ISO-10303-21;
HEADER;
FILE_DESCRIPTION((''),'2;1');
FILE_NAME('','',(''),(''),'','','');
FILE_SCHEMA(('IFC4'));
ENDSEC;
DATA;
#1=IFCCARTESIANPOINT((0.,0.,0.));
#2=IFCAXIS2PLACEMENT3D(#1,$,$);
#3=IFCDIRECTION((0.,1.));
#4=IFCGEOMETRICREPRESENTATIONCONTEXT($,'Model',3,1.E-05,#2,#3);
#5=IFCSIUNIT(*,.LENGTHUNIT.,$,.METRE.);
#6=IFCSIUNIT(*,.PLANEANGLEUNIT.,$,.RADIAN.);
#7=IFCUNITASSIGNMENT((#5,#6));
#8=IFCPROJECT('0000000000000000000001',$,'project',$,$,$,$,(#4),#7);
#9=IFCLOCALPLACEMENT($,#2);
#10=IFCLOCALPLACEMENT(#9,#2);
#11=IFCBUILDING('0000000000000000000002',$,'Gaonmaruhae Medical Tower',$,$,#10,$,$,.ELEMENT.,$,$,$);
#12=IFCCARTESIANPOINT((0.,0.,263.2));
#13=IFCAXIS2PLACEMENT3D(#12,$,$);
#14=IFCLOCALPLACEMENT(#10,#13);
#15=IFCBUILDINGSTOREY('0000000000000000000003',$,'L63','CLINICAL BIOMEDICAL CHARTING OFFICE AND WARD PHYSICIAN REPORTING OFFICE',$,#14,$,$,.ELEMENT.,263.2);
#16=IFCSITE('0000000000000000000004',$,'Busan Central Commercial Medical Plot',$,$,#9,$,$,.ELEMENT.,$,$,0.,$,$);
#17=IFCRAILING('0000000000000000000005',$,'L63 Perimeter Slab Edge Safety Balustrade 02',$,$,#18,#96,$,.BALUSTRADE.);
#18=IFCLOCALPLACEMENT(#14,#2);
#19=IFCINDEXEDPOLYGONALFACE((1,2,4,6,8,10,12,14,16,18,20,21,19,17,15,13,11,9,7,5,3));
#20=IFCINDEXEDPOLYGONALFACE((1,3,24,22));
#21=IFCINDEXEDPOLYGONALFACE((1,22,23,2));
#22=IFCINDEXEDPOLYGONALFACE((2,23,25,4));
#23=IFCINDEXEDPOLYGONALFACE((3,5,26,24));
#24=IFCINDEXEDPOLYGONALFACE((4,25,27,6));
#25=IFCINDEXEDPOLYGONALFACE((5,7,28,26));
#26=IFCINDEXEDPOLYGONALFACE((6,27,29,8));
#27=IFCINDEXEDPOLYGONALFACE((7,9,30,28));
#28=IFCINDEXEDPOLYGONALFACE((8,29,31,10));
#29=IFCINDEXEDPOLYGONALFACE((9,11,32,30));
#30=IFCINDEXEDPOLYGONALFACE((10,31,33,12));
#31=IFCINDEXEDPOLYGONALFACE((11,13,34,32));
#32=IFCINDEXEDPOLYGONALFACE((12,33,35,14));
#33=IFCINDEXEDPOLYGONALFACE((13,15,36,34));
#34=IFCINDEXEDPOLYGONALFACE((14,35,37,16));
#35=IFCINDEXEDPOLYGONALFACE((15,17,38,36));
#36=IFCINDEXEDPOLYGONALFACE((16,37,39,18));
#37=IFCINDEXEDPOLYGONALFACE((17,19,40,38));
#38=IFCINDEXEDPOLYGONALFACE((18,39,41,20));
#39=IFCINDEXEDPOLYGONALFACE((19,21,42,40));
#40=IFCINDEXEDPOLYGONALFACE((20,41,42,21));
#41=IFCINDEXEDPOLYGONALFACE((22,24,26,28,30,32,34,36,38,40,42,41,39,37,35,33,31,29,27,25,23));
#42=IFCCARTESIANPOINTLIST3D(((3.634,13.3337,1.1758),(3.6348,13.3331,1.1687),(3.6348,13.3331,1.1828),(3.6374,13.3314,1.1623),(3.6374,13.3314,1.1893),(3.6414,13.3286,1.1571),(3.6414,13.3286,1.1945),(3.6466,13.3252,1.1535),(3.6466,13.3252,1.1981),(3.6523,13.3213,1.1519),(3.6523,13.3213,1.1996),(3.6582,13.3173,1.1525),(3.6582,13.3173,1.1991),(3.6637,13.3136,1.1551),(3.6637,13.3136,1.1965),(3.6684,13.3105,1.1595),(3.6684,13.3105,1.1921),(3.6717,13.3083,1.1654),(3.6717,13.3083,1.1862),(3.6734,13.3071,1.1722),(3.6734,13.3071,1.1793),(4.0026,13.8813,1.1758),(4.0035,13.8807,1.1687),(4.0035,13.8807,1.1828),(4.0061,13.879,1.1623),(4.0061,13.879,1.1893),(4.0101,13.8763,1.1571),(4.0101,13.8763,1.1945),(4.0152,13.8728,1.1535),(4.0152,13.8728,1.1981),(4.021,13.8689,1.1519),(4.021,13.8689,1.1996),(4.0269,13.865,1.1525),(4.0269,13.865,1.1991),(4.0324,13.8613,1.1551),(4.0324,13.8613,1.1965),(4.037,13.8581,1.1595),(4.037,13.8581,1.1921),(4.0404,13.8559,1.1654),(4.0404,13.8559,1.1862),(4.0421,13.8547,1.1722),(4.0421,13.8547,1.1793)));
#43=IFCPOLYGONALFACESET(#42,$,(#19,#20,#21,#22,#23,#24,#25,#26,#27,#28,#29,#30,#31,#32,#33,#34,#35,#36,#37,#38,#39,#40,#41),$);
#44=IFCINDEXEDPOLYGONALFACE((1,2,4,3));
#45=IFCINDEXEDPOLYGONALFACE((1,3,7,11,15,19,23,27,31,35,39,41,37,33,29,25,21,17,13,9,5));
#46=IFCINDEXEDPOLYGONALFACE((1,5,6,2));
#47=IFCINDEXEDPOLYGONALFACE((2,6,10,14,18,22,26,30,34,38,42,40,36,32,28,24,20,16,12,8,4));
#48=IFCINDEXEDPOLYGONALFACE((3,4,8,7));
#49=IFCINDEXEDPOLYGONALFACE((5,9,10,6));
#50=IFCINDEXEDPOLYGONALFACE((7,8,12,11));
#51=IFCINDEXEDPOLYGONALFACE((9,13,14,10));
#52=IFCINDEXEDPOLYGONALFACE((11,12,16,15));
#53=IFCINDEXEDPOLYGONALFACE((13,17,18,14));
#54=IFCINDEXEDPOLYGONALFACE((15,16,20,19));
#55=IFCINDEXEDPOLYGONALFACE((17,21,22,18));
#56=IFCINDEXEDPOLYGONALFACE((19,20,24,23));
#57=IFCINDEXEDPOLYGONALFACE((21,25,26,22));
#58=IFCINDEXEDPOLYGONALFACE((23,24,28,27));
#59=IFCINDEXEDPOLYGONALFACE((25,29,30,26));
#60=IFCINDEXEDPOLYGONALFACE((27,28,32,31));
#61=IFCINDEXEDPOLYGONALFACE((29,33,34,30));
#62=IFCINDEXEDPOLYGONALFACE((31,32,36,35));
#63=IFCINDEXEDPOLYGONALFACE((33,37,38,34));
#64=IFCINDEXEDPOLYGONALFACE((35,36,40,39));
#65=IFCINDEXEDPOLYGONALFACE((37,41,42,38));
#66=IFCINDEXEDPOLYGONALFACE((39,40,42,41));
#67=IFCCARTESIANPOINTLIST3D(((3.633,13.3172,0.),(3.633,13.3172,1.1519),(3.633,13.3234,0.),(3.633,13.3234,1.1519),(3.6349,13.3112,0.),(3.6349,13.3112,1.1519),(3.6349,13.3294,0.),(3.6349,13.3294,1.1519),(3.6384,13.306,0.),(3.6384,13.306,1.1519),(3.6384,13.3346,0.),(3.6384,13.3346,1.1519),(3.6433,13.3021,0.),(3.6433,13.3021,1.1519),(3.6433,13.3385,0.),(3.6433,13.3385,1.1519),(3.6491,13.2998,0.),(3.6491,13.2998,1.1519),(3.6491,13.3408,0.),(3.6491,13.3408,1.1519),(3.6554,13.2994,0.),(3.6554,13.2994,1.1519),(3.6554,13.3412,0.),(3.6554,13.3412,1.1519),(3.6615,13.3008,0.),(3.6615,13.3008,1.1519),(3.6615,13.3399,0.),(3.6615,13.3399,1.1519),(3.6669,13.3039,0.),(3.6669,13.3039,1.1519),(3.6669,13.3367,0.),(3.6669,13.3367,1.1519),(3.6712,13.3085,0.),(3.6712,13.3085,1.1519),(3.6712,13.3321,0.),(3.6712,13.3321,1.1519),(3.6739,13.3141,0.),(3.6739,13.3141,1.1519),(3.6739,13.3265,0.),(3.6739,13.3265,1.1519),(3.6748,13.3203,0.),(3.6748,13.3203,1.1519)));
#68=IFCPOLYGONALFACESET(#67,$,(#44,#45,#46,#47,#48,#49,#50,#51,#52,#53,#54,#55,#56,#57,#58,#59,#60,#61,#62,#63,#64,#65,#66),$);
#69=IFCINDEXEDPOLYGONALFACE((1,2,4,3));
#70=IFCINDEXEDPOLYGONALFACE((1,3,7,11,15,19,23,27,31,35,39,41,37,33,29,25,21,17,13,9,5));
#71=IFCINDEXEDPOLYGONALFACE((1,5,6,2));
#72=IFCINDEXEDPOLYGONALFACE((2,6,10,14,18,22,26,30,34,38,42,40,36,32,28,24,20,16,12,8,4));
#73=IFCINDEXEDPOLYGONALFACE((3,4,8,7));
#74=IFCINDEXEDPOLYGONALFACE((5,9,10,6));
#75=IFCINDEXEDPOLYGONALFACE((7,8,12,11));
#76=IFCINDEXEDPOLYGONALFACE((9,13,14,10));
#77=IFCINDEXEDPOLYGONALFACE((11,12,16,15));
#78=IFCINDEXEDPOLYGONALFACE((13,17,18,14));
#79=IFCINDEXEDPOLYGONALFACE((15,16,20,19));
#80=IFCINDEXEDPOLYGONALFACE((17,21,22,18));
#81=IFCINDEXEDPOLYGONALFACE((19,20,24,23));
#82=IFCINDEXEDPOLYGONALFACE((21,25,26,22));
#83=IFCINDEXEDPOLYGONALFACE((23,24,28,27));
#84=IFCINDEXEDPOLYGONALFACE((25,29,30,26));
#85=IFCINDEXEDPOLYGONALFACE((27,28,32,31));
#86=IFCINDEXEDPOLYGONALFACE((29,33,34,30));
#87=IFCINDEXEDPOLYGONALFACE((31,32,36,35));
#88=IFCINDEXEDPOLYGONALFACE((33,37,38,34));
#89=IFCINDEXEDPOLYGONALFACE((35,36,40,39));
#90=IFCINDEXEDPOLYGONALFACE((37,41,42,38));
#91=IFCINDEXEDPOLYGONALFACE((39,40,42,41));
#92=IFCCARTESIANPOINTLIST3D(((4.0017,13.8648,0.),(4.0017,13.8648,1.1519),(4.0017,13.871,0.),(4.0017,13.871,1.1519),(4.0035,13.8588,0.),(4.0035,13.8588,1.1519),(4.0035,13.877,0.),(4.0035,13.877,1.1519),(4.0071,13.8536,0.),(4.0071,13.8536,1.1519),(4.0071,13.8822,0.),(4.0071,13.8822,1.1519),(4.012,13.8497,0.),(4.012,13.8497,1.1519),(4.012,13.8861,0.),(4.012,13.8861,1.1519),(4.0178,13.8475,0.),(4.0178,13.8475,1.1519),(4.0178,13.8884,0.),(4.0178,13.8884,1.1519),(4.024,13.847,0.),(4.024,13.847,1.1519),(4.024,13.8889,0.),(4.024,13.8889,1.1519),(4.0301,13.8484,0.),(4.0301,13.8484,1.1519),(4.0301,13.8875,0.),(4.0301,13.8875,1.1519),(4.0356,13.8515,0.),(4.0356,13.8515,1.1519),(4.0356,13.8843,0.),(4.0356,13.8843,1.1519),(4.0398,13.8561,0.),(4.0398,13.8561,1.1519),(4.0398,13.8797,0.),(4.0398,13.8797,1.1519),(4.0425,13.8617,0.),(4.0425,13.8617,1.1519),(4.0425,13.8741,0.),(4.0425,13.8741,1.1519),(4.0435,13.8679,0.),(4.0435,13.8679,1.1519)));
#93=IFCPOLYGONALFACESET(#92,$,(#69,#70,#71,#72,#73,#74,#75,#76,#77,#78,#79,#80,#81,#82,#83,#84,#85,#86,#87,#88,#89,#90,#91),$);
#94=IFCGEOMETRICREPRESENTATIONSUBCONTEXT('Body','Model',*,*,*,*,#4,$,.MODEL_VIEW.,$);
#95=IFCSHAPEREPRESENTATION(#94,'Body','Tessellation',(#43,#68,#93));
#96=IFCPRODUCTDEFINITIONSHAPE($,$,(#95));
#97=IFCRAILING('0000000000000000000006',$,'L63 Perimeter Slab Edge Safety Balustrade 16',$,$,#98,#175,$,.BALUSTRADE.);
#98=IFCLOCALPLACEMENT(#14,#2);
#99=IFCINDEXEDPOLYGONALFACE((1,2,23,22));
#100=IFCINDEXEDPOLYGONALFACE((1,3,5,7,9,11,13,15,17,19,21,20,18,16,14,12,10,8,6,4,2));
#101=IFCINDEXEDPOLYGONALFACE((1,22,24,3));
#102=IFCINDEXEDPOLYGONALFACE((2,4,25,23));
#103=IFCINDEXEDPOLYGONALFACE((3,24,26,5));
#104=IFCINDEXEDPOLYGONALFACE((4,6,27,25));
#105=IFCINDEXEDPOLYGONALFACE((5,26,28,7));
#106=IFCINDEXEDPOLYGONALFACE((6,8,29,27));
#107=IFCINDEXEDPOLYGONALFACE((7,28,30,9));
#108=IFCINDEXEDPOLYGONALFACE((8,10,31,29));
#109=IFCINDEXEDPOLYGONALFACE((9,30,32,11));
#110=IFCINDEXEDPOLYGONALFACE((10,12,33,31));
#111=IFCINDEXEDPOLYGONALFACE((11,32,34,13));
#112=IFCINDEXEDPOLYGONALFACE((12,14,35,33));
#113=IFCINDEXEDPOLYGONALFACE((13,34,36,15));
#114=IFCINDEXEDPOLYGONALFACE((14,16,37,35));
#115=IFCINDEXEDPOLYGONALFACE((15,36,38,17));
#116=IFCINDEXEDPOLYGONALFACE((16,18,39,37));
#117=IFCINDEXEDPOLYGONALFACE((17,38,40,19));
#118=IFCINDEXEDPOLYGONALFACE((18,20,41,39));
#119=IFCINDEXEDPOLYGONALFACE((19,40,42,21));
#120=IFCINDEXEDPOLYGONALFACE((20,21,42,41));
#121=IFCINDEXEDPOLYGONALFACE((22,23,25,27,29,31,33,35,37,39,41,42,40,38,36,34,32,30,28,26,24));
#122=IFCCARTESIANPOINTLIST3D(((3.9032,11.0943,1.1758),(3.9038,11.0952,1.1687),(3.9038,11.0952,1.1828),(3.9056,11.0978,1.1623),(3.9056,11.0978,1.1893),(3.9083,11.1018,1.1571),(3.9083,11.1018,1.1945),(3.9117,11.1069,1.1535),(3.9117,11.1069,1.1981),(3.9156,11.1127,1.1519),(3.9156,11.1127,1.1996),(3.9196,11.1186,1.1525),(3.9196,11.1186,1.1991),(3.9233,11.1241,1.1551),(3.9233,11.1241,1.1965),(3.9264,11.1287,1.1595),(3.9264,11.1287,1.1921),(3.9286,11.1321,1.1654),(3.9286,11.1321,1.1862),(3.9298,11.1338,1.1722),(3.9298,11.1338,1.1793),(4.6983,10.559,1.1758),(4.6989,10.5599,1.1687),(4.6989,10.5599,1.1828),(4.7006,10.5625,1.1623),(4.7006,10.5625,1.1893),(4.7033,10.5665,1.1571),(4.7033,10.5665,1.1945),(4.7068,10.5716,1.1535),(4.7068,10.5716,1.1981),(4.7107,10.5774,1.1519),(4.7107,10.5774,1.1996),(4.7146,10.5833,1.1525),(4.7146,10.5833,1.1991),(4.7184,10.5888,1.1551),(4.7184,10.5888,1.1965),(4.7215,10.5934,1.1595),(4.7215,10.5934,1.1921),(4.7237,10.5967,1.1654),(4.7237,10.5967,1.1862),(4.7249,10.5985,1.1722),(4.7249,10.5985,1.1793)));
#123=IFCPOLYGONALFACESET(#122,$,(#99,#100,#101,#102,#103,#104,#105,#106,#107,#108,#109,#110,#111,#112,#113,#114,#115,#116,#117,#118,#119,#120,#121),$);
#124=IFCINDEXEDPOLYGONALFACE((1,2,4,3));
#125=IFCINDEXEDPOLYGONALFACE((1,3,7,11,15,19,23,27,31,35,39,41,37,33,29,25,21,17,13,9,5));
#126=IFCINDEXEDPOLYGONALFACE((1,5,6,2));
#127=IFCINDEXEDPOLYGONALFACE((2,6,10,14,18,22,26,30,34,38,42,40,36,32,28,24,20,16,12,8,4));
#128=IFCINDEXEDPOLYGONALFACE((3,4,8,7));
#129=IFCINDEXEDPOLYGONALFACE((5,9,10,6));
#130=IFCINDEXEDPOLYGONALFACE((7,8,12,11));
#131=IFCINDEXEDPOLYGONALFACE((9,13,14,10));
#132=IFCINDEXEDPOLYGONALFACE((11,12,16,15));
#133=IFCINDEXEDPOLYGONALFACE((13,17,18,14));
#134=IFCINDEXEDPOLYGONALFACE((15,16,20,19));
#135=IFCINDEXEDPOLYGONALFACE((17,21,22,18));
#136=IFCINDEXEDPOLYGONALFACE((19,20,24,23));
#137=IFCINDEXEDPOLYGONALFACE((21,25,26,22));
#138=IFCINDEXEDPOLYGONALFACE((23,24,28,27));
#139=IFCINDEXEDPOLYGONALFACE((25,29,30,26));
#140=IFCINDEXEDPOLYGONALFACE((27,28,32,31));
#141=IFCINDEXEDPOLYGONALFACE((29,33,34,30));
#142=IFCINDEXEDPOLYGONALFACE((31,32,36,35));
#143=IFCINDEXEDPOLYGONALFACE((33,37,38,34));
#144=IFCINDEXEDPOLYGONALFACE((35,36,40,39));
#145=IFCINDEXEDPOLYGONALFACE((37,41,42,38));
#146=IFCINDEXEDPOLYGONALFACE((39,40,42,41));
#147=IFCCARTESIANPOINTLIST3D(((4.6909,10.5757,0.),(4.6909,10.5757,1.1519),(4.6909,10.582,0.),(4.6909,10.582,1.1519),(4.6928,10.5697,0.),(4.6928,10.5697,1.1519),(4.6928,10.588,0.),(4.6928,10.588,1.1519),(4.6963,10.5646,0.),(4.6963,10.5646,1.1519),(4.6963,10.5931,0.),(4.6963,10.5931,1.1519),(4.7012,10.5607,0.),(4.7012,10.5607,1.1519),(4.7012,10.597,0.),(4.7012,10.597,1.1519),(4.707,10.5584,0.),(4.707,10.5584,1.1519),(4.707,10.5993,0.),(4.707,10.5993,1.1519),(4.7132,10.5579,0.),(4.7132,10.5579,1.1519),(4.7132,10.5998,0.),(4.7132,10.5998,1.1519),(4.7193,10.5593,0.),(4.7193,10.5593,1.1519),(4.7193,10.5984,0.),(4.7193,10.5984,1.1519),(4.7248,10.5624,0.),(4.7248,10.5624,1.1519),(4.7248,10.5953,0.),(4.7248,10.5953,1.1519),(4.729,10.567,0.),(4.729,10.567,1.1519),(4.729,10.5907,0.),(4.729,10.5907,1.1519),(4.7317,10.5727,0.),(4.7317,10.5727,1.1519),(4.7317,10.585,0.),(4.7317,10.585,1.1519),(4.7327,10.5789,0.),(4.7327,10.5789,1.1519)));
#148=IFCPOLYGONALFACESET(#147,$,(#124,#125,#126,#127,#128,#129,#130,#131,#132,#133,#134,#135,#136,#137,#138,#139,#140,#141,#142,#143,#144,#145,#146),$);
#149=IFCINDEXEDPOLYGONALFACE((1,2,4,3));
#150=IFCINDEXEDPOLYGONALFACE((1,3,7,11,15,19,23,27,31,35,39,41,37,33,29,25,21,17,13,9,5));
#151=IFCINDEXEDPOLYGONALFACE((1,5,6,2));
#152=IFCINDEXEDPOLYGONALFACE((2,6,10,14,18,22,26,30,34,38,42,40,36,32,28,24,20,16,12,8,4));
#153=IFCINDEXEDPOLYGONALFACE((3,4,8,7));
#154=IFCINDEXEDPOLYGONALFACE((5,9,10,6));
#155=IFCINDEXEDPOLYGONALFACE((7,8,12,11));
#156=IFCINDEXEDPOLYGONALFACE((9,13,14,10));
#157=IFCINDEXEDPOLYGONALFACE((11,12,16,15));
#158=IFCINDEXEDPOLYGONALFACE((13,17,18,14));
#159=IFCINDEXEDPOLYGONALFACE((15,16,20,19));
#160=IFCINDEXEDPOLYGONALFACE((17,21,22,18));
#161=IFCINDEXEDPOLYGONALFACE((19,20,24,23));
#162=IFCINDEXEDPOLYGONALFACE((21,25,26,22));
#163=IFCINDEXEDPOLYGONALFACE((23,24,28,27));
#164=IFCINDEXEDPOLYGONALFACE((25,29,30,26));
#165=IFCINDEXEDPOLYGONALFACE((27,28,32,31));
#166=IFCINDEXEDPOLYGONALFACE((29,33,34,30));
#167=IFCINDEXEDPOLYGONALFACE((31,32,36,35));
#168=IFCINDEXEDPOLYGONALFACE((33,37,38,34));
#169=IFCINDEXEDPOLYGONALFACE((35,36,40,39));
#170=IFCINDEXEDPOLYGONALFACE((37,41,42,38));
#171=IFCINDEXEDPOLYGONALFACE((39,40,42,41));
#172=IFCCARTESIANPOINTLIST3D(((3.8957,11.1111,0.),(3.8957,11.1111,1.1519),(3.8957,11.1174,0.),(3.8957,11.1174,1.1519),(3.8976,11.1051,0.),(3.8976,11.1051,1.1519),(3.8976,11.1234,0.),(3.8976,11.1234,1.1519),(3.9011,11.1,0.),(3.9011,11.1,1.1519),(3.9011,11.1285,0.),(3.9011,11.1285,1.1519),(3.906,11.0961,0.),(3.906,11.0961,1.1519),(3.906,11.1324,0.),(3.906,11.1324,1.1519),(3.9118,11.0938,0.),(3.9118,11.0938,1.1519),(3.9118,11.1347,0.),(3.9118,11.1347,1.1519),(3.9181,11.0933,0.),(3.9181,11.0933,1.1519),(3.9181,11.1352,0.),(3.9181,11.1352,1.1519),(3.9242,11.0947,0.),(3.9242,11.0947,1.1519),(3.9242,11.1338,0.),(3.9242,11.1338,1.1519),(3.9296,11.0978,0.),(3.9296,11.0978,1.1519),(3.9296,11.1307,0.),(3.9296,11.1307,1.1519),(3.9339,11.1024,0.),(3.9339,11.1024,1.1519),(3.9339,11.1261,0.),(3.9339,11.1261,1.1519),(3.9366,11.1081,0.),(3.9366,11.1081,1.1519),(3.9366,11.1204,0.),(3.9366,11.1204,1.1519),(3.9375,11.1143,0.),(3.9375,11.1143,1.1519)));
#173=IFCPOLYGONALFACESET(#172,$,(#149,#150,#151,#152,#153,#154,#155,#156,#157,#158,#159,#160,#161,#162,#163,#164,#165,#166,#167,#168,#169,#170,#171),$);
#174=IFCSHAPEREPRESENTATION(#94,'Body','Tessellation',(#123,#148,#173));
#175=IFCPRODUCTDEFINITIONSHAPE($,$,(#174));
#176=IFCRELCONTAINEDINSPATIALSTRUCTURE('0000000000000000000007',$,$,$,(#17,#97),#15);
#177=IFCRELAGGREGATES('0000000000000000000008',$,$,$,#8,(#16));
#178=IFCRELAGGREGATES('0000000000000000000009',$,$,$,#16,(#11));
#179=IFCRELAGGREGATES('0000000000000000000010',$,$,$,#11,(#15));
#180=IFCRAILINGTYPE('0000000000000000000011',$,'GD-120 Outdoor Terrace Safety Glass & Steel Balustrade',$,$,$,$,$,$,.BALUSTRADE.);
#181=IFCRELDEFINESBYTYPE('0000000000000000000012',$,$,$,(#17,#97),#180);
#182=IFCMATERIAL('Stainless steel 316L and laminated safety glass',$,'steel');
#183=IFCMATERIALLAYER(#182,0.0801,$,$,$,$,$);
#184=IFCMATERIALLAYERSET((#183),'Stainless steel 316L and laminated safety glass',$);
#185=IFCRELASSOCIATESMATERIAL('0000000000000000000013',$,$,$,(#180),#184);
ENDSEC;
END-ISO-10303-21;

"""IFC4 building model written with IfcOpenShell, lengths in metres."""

from ifc_helpers import new_model, si_unit, direction, frame, origin, origin_2d, place, context, subcontext, project, spatial, circle, extrude, material, layer, layer_set, type_object, element, save


model = new_model("IFC4")

# Units and contexts
model_context = context("Model", 3, precision=1e-05, world=origin(), true_north=direction((0.0, 1.0)))
body_context = subcontext(model_context, "Body", "Model", "MODEL_VIEW")
ifc_project = project(units=[si_unit("LENGTHUNIT", "METRE"), si_unit("PLANEANGLEUNIT", "RADIAN")], contexts=[model_context])

# Site, building, storey
site_placement = place(None, origin())
site = spatial("IfcSite", under=ifc_project, at=site_placement, Name="Busan Central Commercial Medical Plot", CompositionType="ELEMENT", RefElevation=0.0)
building_placement = place(site_placement, origin())
building = spatial("IfcBuilding", under=site, at=building_placement, Name="Gaonmaruhae Medical Tower", CompositionType="ELEMENT")
storey_placement = place(building_placement, frame((0.0, 0.0, 263.2)))
storey = spatial("IfcBuildingStorey", under=building, at=storey_placement, Name="L63", Description="CLINICAL BIOMEDICAL CHARTING OFFICE AND WARD PHYSICIAN REPORTING OFFICE", CompositionType="ELEMENT", Elevation=263.2)

# Railings
ifc_material_1 = material(Name="Stainless steel 316L and laminated safety glass", Category="steel")
ifc_layer_1 = layer(ifc_material_1, 0.0801)
ifc_layer_set_1 = layer_set([ifc_layer_1], Name="Stainless steel 316L and laminated safety glass")
railing_type = type_object("IfcRailingType", Name="GD-120 Outdoor Terrace Safety Glass & Steel Balustrade", PredefinedType="BALUSTRADE", material=ifc_layer_set_1)
railing_1_placement = place(storey_placement, frame((3.6538, 13.3203, 0.0)))
element("IfcRailing", 1, at=railing_1_placement, inside=storey, type_object=railing_type, Name="L63 Perimeter Slab Edge Safety Balustrade 02", PredefinedType="BALUSTRADE", context=body_context, shape_type="SweptSolid", body=[
    extrude(circle(Radius=0.0239, at=origin_2d()), frame((0.0, 0.0, 1.1758), z_axis=(0.55845, 0.829538, 0.0), x_axis=(-0.829538, 0.55845, 0.0)), (0.0, 0.0, 1.0), 0.6602),
    extrude(circle(Radius=0.021, at=origin_2d()), origin(), (0.0, 0.0, 1.0), 1.1519),
    extrude(circle(Radius=0.021, at=origin_2d()), frame((0.3687, 0.5476, 0.0)), (0.0, 0.0, 1.0), 1.1519),
])
railing_2_placement = place(storey_placement, frame((4.7117, 10.5789, 0.0)))
element("IfcRailing", 2, at=railing_2_placement, inside=storey, type_object=railing_type, Name="L63 Perimeter Slab Edge Safety Balustrade 16", PredefinedType="BALUSTRADE", context=body_context, shape_type="SweptSolid", body=[
    extrude(circle(Radius=0.0239, at=origin_2d()), frame((0.0, 0.0, 1.1758), z_axis=(-0.829495, 0.558515, 0.0), x_axis=(-0.558515, -0.829495, 0.0)), (0.0, 0.0, 1.0), 0.9585),
    extrude(circle(Radius=0.021, at=origin_2d()), origin(), (0.0, 0.0, 1.0), 1.1519),
    extrude(circle(Radius=0.021, at=origin_2d()), frame((-0.7952, 0.5354, 0.0)), (0.0, 0.0, 1.0), 1.1519),
])

save(model, "model.ifc")
